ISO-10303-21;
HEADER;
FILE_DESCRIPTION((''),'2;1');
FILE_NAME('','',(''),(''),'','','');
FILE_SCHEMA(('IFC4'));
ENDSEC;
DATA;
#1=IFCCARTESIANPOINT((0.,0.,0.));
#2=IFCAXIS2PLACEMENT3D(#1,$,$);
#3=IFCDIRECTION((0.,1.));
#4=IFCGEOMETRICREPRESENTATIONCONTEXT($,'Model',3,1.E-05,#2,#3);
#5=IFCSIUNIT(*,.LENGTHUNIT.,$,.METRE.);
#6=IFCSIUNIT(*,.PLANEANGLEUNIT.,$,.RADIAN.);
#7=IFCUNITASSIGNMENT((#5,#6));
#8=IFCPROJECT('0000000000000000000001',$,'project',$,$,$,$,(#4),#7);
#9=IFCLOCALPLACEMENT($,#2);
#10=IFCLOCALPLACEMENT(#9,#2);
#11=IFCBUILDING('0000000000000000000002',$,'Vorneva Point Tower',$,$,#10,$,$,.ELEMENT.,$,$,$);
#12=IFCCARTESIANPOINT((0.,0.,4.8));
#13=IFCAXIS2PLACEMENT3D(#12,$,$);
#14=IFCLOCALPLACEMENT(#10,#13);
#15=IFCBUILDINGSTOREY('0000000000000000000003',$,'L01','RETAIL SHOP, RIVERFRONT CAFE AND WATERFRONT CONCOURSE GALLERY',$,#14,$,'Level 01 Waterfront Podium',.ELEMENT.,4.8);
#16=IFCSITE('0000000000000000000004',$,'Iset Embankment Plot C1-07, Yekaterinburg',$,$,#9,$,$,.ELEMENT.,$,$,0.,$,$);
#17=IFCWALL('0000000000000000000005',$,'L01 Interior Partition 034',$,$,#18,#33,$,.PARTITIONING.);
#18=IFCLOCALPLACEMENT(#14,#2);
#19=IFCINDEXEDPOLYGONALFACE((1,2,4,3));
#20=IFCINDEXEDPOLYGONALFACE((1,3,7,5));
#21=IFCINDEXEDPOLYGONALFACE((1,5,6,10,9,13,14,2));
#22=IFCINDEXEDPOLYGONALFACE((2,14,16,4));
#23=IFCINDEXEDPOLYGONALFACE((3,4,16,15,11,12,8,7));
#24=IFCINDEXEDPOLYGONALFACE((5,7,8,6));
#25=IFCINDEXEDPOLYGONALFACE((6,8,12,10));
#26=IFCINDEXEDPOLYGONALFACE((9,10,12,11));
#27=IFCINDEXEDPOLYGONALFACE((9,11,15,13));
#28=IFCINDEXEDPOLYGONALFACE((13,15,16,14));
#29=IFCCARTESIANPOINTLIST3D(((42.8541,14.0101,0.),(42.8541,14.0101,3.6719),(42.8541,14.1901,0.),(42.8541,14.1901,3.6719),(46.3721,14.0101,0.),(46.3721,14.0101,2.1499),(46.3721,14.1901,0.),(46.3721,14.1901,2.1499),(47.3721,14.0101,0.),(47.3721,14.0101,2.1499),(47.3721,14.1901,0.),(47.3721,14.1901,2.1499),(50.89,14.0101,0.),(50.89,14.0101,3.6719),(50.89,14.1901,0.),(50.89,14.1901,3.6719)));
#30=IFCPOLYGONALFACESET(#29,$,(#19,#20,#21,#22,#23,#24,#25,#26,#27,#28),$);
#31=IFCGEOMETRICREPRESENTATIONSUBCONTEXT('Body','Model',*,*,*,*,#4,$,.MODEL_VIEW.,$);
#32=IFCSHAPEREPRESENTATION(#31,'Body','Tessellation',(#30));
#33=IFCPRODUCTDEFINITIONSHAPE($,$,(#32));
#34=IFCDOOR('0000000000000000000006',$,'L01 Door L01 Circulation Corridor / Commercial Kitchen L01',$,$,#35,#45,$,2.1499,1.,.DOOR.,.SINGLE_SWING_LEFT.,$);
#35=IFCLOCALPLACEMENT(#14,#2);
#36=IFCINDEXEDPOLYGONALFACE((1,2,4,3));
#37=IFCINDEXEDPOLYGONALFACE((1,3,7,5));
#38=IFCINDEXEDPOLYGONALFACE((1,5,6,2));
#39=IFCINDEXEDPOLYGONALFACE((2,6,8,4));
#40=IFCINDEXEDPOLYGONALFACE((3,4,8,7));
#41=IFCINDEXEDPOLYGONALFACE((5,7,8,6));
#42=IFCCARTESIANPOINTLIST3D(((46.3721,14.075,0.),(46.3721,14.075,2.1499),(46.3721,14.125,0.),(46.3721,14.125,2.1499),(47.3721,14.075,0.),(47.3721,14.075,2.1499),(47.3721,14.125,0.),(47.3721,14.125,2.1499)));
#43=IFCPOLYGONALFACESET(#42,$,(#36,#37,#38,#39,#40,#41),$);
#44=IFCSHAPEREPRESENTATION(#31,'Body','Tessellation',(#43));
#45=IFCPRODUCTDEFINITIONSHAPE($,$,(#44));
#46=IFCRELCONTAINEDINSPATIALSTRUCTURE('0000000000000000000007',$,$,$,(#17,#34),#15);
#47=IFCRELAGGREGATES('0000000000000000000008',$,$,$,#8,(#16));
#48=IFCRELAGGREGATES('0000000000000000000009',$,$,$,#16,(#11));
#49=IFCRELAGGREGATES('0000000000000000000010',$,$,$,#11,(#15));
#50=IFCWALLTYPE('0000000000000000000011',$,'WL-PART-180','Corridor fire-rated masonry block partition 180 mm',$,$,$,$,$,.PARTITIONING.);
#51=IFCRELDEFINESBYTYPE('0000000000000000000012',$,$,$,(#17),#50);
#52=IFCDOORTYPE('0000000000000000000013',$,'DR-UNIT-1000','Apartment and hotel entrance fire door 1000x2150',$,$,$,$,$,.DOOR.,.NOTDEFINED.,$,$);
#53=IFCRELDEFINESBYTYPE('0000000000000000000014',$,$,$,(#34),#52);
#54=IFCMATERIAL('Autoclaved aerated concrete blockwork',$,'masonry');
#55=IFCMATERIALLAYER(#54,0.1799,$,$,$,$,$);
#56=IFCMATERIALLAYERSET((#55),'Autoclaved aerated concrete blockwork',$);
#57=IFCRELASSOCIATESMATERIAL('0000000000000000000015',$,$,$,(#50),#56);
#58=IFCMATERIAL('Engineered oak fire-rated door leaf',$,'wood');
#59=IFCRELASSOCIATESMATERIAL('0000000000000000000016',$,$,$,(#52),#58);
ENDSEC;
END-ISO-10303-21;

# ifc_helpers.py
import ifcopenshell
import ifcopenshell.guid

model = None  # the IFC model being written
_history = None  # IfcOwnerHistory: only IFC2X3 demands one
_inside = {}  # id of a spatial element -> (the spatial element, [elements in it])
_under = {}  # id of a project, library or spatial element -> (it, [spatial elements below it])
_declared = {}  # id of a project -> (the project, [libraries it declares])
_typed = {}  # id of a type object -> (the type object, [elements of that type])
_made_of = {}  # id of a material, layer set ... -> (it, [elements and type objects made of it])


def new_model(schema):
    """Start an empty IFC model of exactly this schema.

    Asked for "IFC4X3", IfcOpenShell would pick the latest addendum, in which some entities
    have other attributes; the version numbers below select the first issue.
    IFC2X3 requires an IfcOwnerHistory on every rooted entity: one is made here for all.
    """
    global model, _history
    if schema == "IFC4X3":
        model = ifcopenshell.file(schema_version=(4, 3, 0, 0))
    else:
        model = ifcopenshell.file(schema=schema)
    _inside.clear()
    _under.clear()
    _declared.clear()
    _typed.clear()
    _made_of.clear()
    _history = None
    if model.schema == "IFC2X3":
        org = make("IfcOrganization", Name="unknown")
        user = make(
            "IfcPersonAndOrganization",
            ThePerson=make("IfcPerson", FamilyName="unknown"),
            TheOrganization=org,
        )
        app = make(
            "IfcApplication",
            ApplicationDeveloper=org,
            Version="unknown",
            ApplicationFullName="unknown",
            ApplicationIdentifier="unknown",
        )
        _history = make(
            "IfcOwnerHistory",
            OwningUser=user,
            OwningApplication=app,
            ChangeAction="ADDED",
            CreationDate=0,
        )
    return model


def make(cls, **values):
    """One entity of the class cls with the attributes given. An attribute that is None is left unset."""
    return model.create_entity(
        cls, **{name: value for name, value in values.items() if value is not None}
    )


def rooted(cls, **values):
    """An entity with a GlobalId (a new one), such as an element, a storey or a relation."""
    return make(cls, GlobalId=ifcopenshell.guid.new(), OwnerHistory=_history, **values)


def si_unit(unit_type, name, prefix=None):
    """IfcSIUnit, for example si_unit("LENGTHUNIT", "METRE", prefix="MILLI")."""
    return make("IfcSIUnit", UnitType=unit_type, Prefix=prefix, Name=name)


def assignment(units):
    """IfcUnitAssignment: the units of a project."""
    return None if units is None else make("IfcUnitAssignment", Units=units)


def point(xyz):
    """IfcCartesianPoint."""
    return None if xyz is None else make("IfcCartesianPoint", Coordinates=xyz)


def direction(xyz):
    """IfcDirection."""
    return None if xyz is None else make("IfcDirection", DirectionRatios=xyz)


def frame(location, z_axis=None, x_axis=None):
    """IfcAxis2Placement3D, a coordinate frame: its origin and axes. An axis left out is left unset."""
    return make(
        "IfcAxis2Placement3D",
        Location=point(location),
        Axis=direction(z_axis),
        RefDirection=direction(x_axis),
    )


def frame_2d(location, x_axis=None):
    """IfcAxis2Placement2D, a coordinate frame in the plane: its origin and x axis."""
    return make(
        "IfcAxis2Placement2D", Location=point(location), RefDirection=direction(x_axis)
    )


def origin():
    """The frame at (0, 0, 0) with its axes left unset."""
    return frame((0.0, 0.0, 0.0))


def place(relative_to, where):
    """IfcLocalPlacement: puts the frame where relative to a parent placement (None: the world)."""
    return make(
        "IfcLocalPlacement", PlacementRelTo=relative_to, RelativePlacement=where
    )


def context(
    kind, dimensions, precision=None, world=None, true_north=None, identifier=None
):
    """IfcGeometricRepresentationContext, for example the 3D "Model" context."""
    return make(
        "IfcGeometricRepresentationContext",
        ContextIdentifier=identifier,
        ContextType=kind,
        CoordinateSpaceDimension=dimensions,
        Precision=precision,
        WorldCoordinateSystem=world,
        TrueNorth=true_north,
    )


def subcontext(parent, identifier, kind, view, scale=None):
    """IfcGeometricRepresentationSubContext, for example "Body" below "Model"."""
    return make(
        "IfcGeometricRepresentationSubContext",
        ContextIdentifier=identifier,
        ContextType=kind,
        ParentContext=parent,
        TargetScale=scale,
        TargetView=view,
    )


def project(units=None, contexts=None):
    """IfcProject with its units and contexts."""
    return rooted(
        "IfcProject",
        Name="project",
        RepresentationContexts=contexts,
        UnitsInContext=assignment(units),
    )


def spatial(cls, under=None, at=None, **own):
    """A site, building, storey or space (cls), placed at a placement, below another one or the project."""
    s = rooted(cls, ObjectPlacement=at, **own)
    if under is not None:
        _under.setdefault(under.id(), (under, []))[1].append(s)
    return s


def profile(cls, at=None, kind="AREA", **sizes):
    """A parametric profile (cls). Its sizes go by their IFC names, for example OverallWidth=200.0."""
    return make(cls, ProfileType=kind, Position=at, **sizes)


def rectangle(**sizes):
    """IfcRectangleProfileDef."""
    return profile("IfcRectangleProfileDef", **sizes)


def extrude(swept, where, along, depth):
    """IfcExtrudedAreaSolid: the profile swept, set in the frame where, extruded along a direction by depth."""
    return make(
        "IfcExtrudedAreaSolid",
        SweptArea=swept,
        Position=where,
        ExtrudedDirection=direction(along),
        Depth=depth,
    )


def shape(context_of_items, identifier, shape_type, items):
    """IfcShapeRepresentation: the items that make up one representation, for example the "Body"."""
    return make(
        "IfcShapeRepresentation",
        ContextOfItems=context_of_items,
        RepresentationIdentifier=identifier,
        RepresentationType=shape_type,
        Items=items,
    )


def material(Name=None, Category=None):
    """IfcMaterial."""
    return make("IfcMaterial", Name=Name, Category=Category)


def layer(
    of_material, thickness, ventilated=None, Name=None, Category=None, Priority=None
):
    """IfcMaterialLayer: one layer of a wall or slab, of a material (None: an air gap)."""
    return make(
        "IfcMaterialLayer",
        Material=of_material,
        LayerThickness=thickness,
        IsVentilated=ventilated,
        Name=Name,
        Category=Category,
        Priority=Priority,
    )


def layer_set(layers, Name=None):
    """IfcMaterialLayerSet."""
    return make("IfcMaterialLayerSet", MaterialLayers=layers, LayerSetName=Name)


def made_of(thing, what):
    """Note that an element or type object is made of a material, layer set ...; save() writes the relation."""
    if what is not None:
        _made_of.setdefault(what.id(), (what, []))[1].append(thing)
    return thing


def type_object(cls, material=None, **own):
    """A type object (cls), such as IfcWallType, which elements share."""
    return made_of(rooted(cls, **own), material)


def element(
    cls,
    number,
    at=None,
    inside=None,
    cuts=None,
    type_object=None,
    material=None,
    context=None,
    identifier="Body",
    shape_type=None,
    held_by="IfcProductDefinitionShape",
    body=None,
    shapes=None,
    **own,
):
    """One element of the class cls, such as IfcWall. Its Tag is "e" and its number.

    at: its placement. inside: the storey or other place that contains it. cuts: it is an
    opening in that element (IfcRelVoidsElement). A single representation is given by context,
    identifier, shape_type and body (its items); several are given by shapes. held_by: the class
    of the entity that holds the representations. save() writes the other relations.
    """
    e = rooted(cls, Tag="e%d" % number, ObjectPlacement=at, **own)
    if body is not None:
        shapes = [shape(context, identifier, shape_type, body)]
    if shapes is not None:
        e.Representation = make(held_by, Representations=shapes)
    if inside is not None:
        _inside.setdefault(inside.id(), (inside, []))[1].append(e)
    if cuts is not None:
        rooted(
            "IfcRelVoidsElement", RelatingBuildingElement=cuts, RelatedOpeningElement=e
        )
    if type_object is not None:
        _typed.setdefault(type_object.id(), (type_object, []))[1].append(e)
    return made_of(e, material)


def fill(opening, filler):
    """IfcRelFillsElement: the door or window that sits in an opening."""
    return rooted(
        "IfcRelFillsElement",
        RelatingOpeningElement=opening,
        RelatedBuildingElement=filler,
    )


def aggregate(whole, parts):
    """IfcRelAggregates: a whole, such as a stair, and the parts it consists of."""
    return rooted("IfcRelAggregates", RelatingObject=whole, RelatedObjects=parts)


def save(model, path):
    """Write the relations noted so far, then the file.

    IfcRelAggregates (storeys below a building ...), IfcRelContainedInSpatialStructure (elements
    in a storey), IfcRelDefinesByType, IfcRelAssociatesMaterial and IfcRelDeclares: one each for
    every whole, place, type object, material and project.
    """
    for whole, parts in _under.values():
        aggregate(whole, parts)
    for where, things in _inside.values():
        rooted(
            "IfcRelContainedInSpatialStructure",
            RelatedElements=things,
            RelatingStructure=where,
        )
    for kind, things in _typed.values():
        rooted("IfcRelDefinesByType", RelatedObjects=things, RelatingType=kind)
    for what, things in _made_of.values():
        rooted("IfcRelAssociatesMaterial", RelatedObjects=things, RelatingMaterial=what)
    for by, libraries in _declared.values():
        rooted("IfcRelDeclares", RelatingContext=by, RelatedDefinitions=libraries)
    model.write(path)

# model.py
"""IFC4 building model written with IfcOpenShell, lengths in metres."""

from ifc_helpers import new_model, si_unit, direction, frame, frame_2d, origin, place, context, subcontext, project, spatial, rectangle, extrude, material, layer, layer_set, type_object, element, fill, save


model = new_model("IFC4")

# Units and contexts
model_context = context("Model", 3, precision=1e-05, world=origin(), true_north=direction((0.0, 1.0)))
body_context = subcontext(model_context, "Body", "Model", "MODEL_VIEW")
ifc_project = project(units=[si_unit("LENGTHUNIT", "METRE"), si_unit("PLANEANGLEUNIT", "RADIAN")], contexts=[model_context])

# Site, building, storey
site_placement = place(None, origin())
site = spatial("IfcSite", under=ifc_project, at=site_placement, Name="Iset Embankment Plot C1-07, Yekaterinburg", CompositionType="ELEMENT", RefElevation=0.0)
building_placement = place(site_placement, origin())
building = spatial("IfcBuilding", under=site, at=building_placement, Name="Vorneva Point Tower", CompositionType="ELEMENT")
storey_placement = place(building_placement, frame((0.0, 0.0, 4.8)))
storey = spatial("IfcBuildingStorey", under=building, at=storey_placement, Name="L01", Description="RETAIL SHOP, RIVERFRONT CAFE AND WATERFRONT CONCOURSE GALLERY", LongName="Level 01 Waterfront Podium", CompositionType="ELEMENT", Elevation=4.8)

# Shared definitions
ifc_material_1 = material(Name="Autoclaved aerated concrete blockwork", Category="masonry")
ifc_layer_1 = layer(ifc_material_1, 0.1799)
ifc_layer_set_1 = layer_set([ifc_layer_1], Name="Autoclaved aerated concrete blockwork")
wall_type_1 = type_object("IfcWallType", Name="WL-PART-180", Description="Corridor fire-rated masonry block partition 180 mm", PredefinedType="PARTITIONING", material=ifc_layer_set_1)

# Shared definitions
ifc_material_2 = material(Name="Engineered oak fire-rated door leaf", Category="wood")
door_type_1 = type_object("IfcDoorType", Name="DR-UNIT-1000", Description="Apartment and hotel entrance fire door 1000x2150", OperationType="NOTDEFINED", PredefinedType="DOOR", material=ifc_material_2)

# Wall, opening, door
wall_1_placement = place(storey_placement, frame((42.854, 14.1001, 0.0), z_axis=(0.0, 0.0, 1.0), x_axis=(1.0, 0.0, 0.0)))
wall_1 = element("IfcWall", 1, at=wall_1_placement, inside=storey, type_object=wall_type_1, Name="L01 Interior Partition 034", PredefinedType="PARTITIONING", context=body_context, shape_type="SweptSolid", body=[
    extrude(rectangle(XDim=8.0359, YDim=0.1799, at=frame_2d((4.0181, 0.0))), origin(), (0.0, 0.0, 1.0), 3.6719),
])
opening_1_placement = place(wall_1_placement, frame((3.5181, 0.0, 0.0)))
opening_1 = element("IfcOpeningElement", 2, at=opening_1_placement, cuts=wall_1, PredefinedType="OPENING", context=body_context, shape_type="SweptSolid", body=[
    extrude(rectangle(XDim=1.0, YDim=2.1499, at=frame_2d((0.5, 1.075))), frame((0.0, 0.105, 0.0), z_axis=(0.0, -1.0, 0.0), x_axis=(1.0, 0.0, 0.0)), (0.0, 0.0, 1.0), 0.2097),
])
door_1_placement = place(opening_1_placement, origin())
door_1 = element("IfcDoor", 3, at=door_1_placement, inside=storey, type_object=door_type_1, Name="L01 Door L01 Circulation Corridor / Commercial Kitchen L01", OperationType="SINGLE_SWING_LEFT", OverallHeight=2.1499, OverallWidth=1.0, PredefinedType="DOOR", context=body_context, shape_type="SweptSolid", body=[
    extrude(rectangle(XDim=1.0, YDim=2.1499, at=frame_2d((0.5, 1.075))), frame((0.0, 0.0249, 0.0), z_axis=(0.0, -1.0, 0.0), x_axis=(1.0, 0.0, 0.0)), (0.0, 0.0, 1.0), 0.05),
])
fill(opening_1, door_1)

save(model, "model.ifc")
